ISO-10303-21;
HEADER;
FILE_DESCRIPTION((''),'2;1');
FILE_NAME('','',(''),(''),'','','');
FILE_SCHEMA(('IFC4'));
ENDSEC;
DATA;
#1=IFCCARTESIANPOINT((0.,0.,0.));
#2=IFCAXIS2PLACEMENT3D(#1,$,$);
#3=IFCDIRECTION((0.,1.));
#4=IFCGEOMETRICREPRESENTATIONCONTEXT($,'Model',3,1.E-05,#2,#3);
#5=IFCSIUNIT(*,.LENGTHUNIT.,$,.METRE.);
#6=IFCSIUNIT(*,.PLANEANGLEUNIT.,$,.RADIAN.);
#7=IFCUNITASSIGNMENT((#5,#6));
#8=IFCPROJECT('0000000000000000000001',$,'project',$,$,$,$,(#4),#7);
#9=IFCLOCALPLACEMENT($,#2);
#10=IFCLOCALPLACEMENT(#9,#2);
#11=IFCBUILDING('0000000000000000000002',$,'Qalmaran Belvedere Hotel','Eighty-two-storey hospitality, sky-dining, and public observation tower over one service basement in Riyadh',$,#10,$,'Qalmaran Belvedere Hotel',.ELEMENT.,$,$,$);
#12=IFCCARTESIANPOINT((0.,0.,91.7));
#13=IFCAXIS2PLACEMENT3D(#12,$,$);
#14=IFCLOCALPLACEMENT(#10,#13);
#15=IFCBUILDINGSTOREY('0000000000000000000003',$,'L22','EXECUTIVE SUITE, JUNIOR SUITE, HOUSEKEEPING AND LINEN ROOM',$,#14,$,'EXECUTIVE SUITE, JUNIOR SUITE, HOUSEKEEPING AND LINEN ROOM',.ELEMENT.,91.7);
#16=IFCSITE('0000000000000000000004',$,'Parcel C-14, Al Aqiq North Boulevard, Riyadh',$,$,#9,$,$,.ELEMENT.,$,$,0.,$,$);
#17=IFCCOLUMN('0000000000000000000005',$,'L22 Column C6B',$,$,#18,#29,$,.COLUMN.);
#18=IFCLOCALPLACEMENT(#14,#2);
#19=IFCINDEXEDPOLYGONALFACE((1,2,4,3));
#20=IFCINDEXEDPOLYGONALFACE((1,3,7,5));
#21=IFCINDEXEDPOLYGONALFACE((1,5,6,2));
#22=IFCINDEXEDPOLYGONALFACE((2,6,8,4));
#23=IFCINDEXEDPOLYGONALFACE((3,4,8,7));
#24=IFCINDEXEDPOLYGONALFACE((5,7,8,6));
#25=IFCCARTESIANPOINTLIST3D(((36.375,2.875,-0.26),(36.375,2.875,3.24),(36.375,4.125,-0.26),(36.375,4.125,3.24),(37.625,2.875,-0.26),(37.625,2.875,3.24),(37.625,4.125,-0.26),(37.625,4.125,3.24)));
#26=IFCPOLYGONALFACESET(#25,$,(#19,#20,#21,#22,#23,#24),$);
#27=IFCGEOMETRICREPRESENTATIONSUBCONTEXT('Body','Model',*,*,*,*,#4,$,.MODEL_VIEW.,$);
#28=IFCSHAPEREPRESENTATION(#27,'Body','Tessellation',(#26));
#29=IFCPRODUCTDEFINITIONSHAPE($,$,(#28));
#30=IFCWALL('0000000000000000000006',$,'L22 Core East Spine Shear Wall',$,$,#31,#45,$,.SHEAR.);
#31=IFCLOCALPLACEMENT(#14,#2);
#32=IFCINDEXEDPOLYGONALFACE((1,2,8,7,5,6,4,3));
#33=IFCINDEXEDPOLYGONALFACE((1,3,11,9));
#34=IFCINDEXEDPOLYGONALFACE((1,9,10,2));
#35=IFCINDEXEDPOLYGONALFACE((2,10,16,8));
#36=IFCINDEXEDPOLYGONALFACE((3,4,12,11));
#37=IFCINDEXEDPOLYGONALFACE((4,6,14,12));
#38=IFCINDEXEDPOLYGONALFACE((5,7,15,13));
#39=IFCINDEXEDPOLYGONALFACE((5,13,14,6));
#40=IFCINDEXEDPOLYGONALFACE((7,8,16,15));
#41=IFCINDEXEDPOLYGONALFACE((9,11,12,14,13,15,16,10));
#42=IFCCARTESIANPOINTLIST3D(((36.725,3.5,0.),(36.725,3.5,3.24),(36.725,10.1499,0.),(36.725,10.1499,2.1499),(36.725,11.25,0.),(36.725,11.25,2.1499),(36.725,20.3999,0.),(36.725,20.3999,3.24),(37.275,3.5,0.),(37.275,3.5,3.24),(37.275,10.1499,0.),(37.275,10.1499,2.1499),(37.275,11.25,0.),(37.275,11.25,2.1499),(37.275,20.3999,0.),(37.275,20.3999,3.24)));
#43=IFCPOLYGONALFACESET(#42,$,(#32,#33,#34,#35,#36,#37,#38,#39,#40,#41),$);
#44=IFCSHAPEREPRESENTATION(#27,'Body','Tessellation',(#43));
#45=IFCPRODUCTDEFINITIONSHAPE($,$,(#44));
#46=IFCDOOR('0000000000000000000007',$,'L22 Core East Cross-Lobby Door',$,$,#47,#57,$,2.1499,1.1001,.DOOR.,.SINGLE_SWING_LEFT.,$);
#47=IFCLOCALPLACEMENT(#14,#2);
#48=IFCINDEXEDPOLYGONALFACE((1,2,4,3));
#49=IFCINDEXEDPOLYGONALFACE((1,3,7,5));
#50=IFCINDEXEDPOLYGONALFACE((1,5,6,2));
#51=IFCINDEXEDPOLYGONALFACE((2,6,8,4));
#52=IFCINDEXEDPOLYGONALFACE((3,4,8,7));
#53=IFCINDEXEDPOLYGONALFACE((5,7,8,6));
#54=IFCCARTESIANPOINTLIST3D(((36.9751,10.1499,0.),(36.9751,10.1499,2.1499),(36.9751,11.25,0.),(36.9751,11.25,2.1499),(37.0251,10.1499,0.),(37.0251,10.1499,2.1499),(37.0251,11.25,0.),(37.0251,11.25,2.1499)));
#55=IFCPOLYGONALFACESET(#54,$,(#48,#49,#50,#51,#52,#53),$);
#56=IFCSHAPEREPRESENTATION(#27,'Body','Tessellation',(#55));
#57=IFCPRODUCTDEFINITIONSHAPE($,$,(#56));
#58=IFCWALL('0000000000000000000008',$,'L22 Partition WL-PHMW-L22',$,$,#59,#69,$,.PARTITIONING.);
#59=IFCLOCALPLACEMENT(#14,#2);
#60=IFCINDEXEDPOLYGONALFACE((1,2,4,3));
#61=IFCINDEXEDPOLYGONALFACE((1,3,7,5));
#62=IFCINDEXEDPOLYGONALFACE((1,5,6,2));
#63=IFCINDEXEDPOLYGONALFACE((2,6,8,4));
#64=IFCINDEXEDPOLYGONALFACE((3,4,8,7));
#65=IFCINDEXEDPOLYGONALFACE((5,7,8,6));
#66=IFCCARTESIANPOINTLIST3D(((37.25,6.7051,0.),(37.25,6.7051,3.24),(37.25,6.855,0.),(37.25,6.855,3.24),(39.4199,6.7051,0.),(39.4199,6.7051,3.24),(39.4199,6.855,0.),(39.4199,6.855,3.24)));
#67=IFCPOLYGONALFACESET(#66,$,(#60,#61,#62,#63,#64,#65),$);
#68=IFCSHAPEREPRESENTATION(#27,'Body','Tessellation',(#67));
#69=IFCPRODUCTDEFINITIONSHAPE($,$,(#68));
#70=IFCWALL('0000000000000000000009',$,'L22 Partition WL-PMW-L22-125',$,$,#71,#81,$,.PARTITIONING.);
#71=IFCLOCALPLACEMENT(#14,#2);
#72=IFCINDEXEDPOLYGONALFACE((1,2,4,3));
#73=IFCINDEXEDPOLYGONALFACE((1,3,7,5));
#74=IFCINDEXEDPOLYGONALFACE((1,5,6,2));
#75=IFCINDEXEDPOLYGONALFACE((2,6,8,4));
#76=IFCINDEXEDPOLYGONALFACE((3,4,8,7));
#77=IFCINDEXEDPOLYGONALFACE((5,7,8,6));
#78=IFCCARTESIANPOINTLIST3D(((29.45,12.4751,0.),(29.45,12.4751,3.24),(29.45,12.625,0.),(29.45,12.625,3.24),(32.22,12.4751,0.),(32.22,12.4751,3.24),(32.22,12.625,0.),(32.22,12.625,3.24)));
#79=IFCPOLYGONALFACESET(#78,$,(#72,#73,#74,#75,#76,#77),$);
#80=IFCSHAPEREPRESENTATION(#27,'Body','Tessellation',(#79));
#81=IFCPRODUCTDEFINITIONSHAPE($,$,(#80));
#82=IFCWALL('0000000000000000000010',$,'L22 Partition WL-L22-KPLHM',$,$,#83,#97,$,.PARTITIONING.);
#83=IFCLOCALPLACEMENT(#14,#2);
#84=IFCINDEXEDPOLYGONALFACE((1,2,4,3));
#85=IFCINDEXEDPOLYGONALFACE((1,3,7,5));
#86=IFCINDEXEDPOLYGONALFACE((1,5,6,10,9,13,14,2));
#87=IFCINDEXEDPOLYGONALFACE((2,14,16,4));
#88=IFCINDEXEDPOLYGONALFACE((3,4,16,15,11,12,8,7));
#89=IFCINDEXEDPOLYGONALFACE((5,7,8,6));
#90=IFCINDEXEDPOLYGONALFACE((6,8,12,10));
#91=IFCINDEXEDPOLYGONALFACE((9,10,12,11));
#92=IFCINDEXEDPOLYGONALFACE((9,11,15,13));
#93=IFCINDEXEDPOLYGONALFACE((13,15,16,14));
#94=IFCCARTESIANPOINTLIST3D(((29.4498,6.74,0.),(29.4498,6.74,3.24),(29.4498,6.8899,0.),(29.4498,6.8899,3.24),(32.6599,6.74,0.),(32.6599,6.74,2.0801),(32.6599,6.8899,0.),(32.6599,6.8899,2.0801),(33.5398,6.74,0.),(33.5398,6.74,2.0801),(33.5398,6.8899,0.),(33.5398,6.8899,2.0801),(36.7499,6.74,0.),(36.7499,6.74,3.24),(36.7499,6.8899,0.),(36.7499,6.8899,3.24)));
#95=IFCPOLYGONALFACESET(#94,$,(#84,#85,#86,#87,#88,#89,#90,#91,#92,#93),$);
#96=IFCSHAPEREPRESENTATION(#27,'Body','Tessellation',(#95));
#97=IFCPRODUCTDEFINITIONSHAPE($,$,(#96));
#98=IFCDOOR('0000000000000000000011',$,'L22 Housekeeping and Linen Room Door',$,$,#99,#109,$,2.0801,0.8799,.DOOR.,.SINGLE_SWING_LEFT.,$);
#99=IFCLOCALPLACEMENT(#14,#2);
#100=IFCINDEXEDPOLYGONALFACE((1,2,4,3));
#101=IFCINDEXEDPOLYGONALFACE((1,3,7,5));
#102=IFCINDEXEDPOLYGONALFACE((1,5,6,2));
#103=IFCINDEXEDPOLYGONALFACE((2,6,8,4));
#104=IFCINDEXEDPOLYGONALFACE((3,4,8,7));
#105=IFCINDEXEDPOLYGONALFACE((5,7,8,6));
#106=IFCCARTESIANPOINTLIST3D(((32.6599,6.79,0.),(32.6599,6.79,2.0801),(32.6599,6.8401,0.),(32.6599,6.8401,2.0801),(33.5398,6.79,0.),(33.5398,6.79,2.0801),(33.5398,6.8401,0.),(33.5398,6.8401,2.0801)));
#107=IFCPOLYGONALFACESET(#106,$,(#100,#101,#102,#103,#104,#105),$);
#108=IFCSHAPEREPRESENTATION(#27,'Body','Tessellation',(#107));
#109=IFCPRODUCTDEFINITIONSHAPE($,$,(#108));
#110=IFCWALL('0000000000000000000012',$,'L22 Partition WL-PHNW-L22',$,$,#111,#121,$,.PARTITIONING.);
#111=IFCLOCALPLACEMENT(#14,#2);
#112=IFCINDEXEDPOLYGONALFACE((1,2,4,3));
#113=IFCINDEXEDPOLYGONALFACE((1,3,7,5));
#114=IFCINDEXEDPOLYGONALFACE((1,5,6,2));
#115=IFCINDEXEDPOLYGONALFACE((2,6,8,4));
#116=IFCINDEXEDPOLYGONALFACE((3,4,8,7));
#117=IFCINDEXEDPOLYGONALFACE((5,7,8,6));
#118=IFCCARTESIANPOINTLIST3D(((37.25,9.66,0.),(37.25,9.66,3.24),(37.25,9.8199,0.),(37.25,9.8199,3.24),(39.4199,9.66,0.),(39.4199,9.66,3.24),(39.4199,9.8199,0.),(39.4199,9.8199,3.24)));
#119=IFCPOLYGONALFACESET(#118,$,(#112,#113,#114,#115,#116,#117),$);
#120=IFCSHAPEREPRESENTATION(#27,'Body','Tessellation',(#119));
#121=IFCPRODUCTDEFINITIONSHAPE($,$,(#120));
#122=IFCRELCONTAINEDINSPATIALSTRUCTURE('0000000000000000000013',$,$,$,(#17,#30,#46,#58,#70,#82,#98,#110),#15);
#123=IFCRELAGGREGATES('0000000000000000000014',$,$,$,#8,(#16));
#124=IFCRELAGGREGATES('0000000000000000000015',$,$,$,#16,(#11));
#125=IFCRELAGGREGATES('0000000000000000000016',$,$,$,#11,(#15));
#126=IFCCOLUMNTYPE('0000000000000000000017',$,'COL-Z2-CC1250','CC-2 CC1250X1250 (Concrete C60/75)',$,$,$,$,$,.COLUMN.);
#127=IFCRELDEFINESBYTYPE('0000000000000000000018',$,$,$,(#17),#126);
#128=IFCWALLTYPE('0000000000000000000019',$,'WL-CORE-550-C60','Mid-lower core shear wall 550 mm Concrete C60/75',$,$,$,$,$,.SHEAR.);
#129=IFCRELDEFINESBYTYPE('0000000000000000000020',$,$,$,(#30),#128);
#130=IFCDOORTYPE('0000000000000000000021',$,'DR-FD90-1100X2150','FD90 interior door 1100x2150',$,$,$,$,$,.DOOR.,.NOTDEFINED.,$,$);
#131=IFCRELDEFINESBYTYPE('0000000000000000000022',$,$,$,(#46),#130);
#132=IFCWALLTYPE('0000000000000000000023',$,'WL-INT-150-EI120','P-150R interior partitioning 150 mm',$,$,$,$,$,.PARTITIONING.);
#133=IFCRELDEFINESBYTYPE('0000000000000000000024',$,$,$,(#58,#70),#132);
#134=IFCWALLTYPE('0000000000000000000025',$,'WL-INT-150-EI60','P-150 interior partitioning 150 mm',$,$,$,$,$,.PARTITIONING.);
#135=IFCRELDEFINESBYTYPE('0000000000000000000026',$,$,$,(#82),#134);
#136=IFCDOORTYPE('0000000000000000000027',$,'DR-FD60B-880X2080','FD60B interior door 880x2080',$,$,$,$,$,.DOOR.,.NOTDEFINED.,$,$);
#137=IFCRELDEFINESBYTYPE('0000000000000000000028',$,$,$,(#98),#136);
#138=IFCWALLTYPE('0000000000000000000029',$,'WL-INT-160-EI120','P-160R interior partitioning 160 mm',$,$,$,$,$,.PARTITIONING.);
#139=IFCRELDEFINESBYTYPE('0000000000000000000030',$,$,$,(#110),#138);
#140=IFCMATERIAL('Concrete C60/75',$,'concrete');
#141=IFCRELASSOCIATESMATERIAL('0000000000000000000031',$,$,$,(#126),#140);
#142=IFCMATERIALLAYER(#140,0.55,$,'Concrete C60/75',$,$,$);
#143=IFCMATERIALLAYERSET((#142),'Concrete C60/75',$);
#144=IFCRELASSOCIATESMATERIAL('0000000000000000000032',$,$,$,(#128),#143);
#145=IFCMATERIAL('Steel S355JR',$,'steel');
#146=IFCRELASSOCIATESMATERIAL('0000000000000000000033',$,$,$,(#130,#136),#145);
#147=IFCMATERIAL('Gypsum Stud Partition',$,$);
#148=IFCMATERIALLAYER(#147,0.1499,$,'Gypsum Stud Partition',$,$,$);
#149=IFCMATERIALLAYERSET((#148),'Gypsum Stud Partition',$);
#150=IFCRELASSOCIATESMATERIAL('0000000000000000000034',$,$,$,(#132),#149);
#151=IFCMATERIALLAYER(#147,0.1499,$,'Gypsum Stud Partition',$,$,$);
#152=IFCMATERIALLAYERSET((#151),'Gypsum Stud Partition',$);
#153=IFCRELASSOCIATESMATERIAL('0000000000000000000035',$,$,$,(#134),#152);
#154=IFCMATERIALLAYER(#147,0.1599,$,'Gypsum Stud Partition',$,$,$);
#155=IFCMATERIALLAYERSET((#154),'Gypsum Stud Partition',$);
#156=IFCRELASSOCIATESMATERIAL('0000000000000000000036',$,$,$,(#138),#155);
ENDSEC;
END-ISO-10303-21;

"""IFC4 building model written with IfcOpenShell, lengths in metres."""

from ifc_helpers import new_model, si_unit, direction, frame, frame_2d, origin, origin_2d, place, context, subcontext, project, spatial, rectangle, extrude, material, layer, layer_set, material_profile, profile_set, type_object, element, fill, save


model = new_model("IFC4")

# Units and contexts
model_context = context("Model", 3, precision=1e-05, world=origin(), true_north=direction((0.0, 1.0)))
body_context = subcontext(model_context, "Body", "Model", "MODEL_VIEW")
ifc_project = project(units=[si_unit("LENGTHUNIT", "METRE"), si_unit("PLANEANGLEUNIT", "RADIAN")], contexts=[model_context])

# Site, building, storey
site_placement = place(None, origin())
site = spatial("IfcSite", under=ifc_project, at=site_placement, Name="Parcel C-14, Al Aqiq North Boulevard, Riyadh", CompositionType="ELEMENT", RefElevation=0.0)
building_placement = place(site_placement, origin())
building = spatial("IfcBuilding", under=site, at=building_placement, Name="Qalmaran Belvedere Hotel", Description="Eighty-two-storey hospitality, sky-dining, and public observation tower over one service basement in Riyadh", LongName="Qalmaran Belvedere Hotel", CompositionType="ELEMENT")
storey_placement = place(building_placement, frame((0.0, 0.0, 91.7)))
storey = spatial("IfcBuildingStorey", under=building, at=storey_placement, Name="L22", Description="EXECUTIVE SUITE, JUNIOR SUITE, HOUSEKEEPING AND LINEN ROOM", LongName="EXECUTIVE SUITE, JUNIOR SUITE, HOUSEKEEPING AND LINEN ROOM", CompositionType="ELEMENT", Elevation=91.7)

# Column
ifc_material_1 = material(Name="Concrete C60/75", Category="concrete")
ifc_material_profile = material_profile(ifc_material_1, rectangle(XDim=1.25, YDim=1.25, at=origin_2d()), Name="CC1250X1250")
ifc_profile_set = profile_set([ifc_material_profile], Name="Concrete C60/75")
column_type = type_object("IfcColumnType", Name="COL-Z2-CC1250", Description="CC-2 CC1250X1250 (Concrete C60/75)", PredefinedType="COLUMN", material=ifc_profile_set)
column_placement = place(storey_placement, frame((37.0, 3.5, -0.26), z_axis=(0.0, 0.0, 1.0), x_axis=(1.0, 0.0, 0.0)))
element("IfcColumn", 1, at=column_placement, inside=storey, type_object=column_type, Name="L22 Column C6B", PredefinedType="COLUMN", context=body_context, shape_type="SweptSolid", body=[
    extrude(rectangle(XDim=1.25, YDim=1.25, at=origin_2d()), origin(), (0.0, 0.0, 1.0), 3.5),
])

# Wall, opening, door
ifc_layer_1 = layer(ifc_material_1, 0.55, Name="Concrete C60/75")
ifc_layer_set_1 = layer_set([ifc_layer_1], Name="Concrete C60/75")
wall_type_1 = type_object("IfcWallType", Name="WL-CORE-550-C60", Description="Mid-lower core shear wall 550 mm Concrete C60/75", PredefinedType="SHEAR", material=ifc_layer_set_1)
wall_1_placement = place(storey_placement, frame((37.0, 3.5, 0.0), z_axis=(0.0, 0.0, 1.0), x_axis=(0.0, 1.0, 0.0)))
wall_1 = element("IfcWall", 2, at=wall_1_placement, inside=storey, type_object=wall_type_1, Name="L22 Core East Spine Shear Wall", PredefinedType="SHEAR", context=body_context, shape_type="SweptSolid", body=[
    extrude(rectangle(XDim=16.8999, YDim=0.55, at=frame_2d((8.45, 0.0))), origin(), (0.0, 0.0, 1.0), 3.24),
])
opening_1_placement = place(wall_1_placement, frame((6.6499, 0.0, 0.0)))
opening_1 = element("IfcOpeningElement", 3, at=opening_1_placement, cuts=wall_1, PredefinedType="OPENING", context=body_context, shape_type="SweptSolid", body=[
    extrude(rectangle(XDim=1.1001, YDim=2.1499, at=frame_2d((0.55, 1.075))), frame((0.0, 0.2852, 0.0), z_axis=(0.0, -1.0, 0.0), x_axis=(1.0, 0.0, 0.0)), (0.0, 0.0, 1.0), 0.5701),
])
ifc_material_2 = material(Name="Steel S355JR", Category="steel")
door_type_1 = type_object("IfcDoorType", Name="DR-FD90-1100X2150", Description="FD90 interior door 1100x2150", OperationType="NOTDEFINED", PredefinedType="DOOR", material=ifc_material_2)
door_1_placement = place(opening_1_placement, origin())
door_1 = element("IfcDoor", 4, at=door_1_placement, inside=storey, type_object=door_type_1, Name="L22 Core East Cross-Lobby Door", OperationType="SINGLE_SWING_LEFT", OverallHeight=2.1499, OverallWidth=1.1001, PredefinedType="DOOR", context=body_context, shape_type="SweptSolid", body=[
    extrude(rectangle(XDim=1.1001, YDim=2.1499, at=frame_2d((0.55, 1.075))), frame((0.0, 0.0249, 0.0), z_axis=(0.0, -1.0, 0.0), x_axis=(1.0, 0.0, 0.0)), (0.0, 0.0, 1.0), 0.05),
])
fill(opening_1, door_1)

# Walls
ifc_material_3 = material(Name="Gypsum Stud Partition")
ifc_layer_2 = layer(ifc_material_3, 0.1499, Name="Gypsum Stud Partition")
ifc_layer_set_2 = layer_set([ifc_layer_2], Name="Gypsum Stud Partition")
wall_type_2 = type_object("IfcWallType", Name="WL-INT-150-EI120", Description="P-150R interior partitioning 150 mm", PredefinedType="PARTITIONING", material=ifc_layer_set_2)
wall_2_placement = place(storey_placement, frame((37.25, 6.78, 0.0), z_axis=(0.0, 0.0, 1.0), x_axis=(1.0, 0.0, 0.0)))
element("IfcWall", 5, at=wall_2_placement, inside=storey, type_object=wall_type_2, Name="L22 Partition WL-PHMW-L22", PredefinedType="PARTITIONING", context=body_context, shape_type="SweptSolid", body=[
    extrude(rectangle(XDim=2.1699, YDim=0.1499, at=frame_2d((1.085, 0.0))), origin(), (0.0, 0.0, 1.0), 3.24),
])
wall_3_placement = place(storey_placement, frame((29.45, 12.55, 0.0), z_axis=(0.0, 0.0, 1.0), x_axis=(1.0, 0.0, 0.0)))
element("IfcWall", 6, at=wall_3_placement, inside=storey, type_object=wall_type_2, Name="L22 Partition WL-PMW-L22-125", PredefinedType="PARTITIONING", context=body_context, shape_type="SweptSolid", body=[
    extrude(rectangle(XDim=2.77, YDim=0.1499, at=frame_2d((1.385, 0.0))), origin(), (0.0, 0.0, 1.0), 3.24),
])

# Wall, opening, door
ifc_layer_3 = layer(ifc_material_3, 0.1499, Name="Gypsum Stud Partition")
ifc_layer_set_3 = layer_set([ifc_layer_3], Name="Gypsum Stud Partition")
wall_type_3 = type_object("IfcWallType", Name="WL-INT-150-EI60", Description="P-150 interior partitioning 150 mm", PredefinedType="PARTITIONING", material=ifc_layer_set_3)
wall_4_placement = place(storey_placement, frame((29.45, 6.8149, 0.0), z_axis=(0.0, 0.0, 1.0), x_axis=(1.0, 0.0, 0.0)))
wall_4 = element("IfcWall", 7, at=wall_4_placement, inside=storey, type_object=wall_type_3, Name="L22 Partition WL-L22-KPLHM", PredefinedType="PARTITIONING", context=body_context, shape_type="SweptSolid", body=[
    extrude(rectangle(XDim=7.3, YDim=0.1499, at=frame_2d((3.6499, 0.0))), origin(), (0.0, 0.0, 1.0), 3.24),
])
opening_2_placement = place(wall_4_placement, frame((4.0898, 0.0, 0.0), z_axis=(0.0, 0.0, 1.0), x_axis=(-1.0, 0.0, 0.0)))
opening_2 = element("IfcOpeningElement", 8, at=opening_2_placement, cuts=wall_4, PredefinedType="OPENING", context=body_context, shape_type="SweptSolid", body=[
    extrude(rectangle(XDim=0.8799, YDim=2.0801, at=frame_2d((0.4399, 1.04))), frame((0.0, 0.085, 0.0), z_axis=(0.0, -1.0, 0.0), x_axis=(1.0, 0.0, 0.0)), (0.0, 0.0, 1.0), 0.1699),
])
door_type_2 = type_object("IfcDoorType", Name="DR-FD60B-880X2080", Description="FD60B interior door 880x2080", OperationType="NOTDEFINED", PredefinedType="DOOR", material=ifc_material_2)
door_2_placement = place(opening_2_placement, origin())
door_2 = element("IfcDoor", 9, at=door_2_placement, inside=storey, type_object=door_type_2, Name="L22 Housekeeping and Linen Room Door", OperationType="SINGLE_SWING_LEFT", OverallHeight=2.0801, OverallWidth=0.8799, PredefinedType="DOOR", context=body_context, shape_type="SweptSolid", body=[
    extrude(rectangle(XDim=0.8799, YDim=2.0801, at=frame_2d((0.4399, 1.04))), frame((0.0, 0.0249, 0.0), z_axis=(0.0, -1.0, 0.0), x_axis=(1.0, 0.0, 0.0)), (0.0, 0.0, 1.0), 0.05),
])
fill(opening_2, door_2)

# Wall
ifc_layer_4 = layer(ifc_material_3, 0.1599, Name="Gypsum Stud Partition")
ifc_layer_set_4 = layer_set([ifc_layer_4], Name="Gypsum Stud Partition")
wall_type_4 = type_object("IfcWallType", Name="WL-INT-160-EI120", Description="P-160R interior partitioning 160 mm", PredefinedType="PARTITIONING", material=ifc_layer_set_4)
wall_5_placement = place(storey_placement, frame((37.25, 9.74, 0.0), z_axis=(0.0, 0.0, 1.0), x_axis=(1.0, 0.0, 0.0)))
element("IfcWall", 10, at=wall_5_placement, inside=storey, type_object=wall_type_4, Name="L22 Partition WL-PHNW-L22", PredefinedType="PARTITIONING", context=body_context, shape_type="SweptSolid", body=[
    extrude(rectangle(XDim=2.1699, YDim=0.1599, at=frame_2d((1.085, 0.0))), origin(), (0.0, 0.0, 1.0), 3.24),
])

save(model, "model.ifc")
